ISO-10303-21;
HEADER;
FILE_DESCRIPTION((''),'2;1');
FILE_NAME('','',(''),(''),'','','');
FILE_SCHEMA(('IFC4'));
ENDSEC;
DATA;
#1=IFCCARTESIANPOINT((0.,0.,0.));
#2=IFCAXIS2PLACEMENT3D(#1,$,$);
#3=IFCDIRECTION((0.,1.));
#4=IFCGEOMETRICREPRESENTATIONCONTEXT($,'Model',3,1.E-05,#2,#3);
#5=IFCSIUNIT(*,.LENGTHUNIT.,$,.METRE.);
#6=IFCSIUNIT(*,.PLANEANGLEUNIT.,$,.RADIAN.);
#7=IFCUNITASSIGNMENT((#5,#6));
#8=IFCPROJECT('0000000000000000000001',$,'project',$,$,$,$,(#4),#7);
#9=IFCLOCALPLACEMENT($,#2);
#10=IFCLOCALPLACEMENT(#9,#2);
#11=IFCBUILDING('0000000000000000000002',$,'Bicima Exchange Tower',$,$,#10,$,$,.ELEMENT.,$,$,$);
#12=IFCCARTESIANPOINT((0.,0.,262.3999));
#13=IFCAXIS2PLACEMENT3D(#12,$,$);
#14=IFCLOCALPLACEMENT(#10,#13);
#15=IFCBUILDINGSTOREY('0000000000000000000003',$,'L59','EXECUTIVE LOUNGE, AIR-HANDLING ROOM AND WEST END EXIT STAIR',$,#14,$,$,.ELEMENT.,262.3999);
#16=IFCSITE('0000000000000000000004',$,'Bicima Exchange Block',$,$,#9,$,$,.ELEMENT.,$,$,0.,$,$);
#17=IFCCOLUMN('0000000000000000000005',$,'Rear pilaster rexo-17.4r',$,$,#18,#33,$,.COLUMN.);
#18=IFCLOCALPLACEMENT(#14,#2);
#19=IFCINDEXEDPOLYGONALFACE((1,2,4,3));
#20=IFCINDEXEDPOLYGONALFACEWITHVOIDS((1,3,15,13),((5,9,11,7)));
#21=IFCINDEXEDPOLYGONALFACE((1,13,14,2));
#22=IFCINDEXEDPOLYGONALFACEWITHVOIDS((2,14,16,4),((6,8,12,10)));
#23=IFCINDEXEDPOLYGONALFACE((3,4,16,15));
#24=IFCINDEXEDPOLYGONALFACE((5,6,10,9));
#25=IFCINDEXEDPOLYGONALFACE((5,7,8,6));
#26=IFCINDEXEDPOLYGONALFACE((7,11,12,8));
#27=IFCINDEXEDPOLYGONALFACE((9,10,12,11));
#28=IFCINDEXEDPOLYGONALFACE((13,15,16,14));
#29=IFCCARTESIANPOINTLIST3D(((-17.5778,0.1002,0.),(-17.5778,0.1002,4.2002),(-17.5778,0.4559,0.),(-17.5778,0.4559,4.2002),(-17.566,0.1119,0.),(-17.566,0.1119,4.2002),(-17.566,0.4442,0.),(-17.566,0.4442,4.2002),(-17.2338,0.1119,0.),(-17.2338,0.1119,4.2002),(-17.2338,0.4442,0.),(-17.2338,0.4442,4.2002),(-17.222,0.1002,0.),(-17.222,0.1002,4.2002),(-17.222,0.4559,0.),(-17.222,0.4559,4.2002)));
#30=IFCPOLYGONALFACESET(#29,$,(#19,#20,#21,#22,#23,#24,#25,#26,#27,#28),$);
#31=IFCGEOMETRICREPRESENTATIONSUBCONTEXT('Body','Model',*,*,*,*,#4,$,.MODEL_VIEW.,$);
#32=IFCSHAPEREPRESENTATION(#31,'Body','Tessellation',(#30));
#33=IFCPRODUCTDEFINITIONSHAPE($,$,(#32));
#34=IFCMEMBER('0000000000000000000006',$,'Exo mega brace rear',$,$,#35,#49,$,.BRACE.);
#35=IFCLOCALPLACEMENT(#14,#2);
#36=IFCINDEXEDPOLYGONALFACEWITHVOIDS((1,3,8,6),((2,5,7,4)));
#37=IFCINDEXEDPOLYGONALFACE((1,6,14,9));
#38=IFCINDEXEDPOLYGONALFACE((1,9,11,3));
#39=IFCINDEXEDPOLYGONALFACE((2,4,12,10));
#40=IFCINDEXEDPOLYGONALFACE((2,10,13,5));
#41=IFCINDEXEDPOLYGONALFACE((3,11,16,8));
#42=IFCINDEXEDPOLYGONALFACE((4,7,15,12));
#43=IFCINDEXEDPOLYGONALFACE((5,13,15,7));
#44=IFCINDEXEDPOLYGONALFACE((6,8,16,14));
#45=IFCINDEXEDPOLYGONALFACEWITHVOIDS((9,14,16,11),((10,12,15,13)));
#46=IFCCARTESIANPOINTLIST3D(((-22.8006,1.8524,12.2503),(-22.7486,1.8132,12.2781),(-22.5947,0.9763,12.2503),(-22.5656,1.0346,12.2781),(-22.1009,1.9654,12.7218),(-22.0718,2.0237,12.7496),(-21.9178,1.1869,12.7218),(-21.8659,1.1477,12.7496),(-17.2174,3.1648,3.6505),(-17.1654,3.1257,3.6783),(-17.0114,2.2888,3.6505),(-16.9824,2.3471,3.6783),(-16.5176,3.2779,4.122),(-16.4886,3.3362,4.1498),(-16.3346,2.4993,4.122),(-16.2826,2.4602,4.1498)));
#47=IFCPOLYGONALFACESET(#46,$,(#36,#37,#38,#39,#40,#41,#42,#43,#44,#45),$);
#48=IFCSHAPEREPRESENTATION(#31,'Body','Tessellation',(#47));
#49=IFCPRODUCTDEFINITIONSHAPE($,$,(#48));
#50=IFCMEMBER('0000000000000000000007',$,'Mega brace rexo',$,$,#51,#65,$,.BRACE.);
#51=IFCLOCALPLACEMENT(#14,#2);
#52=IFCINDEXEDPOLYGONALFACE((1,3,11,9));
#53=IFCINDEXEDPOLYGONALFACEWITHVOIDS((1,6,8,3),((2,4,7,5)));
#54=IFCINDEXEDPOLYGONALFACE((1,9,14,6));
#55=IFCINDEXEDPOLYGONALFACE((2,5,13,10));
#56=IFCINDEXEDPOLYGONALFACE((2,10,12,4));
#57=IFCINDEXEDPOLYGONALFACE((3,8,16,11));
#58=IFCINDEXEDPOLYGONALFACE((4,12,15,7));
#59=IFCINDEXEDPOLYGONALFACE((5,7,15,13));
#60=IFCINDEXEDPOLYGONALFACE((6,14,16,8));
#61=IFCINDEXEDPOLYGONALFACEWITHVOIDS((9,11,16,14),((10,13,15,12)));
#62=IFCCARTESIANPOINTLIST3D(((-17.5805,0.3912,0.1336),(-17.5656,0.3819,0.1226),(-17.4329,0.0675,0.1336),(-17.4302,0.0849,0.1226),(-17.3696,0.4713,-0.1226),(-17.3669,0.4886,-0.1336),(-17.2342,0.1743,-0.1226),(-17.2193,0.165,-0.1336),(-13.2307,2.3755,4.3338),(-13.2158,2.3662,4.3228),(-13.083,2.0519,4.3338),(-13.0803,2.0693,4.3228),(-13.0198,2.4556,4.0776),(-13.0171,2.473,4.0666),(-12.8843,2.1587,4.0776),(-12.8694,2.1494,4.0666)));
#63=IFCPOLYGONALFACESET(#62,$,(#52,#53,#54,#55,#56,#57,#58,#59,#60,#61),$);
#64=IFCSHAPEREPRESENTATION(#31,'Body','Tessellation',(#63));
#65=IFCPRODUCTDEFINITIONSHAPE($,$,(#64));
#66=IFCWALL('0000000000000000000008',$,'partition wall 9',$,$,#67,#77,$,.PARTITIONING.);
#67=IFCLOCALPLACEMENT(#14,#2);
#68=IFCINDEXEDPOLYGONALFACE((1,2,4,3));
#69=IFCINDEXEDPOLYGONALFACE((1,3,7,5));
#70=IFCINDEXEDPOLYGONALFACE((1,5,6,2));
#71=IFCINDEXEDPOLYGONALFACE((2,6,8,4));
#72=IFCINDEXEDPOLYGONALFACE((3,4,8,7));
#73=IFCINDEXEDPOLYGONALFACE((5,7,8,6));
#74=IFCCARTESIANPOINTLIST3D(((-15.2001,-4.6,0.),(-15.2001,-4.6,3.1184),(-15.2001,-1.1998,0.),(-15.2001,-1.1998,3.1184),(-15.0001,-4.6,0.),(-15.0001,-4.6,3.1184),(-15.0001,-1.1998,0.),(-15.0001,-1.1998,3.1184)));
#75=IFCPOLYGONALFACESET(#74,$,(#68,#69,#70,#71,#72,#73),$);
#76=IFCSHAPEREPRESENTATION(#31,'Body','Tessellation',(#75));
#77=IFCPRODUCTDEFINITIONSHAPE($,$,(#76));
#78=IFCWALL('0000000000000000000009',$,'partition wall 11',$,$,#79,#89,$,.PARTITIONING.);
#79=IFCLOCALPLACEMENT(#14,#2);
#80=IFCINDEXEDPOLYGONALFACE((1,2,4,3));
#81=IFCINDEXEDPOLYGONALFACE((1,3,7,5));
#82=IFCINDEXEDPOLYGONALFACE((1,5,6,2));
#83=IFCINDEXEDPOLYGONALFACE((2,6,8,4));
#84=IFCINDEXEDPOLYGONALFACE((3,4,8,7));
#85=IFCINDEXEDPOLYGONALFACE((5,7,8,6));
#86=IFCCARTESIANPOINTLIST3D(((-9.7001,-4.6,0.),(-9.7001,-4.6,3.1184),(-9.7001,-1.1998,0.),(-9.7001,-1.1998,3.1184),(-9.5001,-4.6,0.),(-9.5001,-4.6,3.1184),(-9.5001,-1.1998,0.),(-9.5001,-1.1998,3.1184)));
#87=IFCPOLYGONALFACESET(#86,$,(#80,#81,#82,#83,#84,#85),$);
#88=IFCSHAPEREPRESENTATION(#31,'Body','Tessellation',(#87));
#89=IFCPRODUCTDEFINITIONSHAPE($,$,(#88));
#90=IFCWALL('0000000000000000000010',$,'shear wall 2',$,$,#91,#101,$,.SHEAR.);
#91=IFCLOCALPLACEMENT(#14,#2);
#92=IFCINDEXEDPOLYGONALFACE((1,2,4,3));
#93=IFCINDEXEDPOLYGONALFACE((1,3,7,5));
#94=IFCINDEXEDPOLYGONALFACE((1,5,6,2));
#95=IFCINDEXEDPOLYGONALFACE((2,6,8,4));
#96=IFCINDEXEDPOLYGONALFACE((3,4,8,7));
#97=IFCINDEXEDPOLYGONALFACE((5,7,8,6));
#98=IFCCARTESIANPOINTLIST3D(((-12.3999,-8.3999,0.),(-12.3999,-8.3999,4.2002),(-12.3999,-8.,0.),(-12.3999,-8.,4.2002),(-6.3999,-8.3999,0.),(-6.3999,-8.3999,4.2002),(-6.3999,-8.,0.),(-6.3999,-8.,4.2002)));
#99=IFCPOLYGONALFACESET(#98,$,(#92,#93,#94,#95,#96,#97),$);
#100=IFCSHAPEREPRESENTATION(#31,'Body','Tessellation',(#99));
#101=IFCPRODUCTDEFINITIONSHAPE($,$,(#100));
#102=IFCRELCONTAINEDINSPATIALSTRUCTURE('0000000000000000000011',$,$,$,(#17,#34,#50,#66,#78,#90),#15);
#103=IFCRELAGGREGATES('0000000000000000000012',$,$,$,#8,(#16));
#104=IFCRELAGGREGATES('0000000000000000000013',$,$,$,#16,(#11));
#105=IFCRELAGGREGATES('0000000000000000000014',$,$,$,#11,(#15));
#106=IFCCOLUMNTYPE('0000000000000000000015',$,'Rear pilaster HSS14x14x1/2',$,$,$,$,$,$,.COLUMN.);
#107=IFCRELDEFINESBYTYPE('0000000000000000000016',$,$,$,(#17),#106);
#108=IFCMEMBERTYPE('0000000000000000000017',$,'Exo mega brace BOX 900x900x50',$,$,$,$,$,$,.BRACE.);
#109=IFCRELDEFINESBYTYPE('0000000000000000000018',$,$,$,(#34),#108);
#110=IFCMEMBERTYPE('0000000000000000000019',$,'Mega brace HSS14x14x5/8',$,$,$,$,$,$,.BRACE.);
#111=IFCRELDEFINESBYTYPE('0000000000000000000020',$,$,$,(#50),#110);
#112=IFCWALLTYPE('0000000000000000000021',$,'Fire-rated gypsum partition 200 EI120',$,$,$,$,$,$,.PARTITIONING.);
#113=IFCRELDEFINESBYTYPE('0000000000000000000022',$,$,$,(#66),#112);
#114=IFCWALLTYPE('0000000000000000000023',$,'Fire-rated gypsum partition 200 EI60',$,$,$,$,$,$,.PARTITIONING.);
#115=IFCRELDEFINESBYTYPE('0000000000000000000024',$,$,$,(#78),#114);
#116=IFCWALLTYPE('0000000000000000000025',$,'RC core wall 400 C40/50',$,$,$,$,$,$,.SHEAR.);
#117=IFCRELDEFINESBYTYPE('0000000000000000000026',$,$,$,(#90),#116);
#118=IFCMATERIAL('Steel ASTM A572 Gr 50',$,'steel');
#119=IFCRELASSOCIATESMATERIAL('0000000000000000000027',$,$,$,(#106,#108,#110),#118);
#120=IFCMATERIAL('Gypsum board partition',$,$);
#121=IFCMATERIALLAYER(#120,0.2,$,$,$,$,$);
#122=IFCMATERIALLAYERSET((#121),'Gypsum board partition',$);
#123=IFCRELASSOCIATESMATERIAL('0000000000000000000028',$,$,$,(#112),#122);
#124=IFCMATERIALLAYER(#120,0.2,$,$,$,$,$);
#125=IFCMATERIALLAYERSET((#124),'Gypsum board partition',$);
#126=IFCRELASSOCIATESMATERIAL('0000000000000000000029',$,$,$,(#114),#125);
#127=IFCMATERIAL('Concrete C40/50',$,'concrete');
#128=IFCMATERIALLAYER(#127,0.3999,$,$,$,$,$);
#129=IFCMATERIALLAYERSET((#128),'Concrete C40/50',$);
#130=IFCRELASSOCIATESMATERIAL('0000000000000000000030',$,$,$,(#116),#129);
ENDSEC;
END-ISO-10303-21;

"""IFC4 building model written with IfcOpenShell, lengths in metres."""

from ifc_helpers import new_model, si_unit, direction, frame, frame_2d, origin, origin_2d, place, context, subcontext, project, spatial, rectangle, hollow_rectangle, extrude, material, layer, layer_set, material_profile, profile_set, type_object, element, save


model = new_model("IFC4")

# Units and contexts
model_context = context("Model", 3, precision=1e-05, world=origin(), true_north=direction((0.0, 1.0)))
body_context = subcontext(model_context, "Body", "Model", "MODEL_VIEW")
ifc_project = project(units=[si_unit("LENGTHUNIT", "METRE"), si_unit("PLANEANGLEUNIT", "RADIAN")], contexts=[model_context])

# Site, building, storey
site_placement = place(None, origin())
site = spatial("IfcSite", under=ifc_project, at=site_placement, Name="Bicima Exchange Block", CompositionType="ELEMENT", RefElevation=0.0)
building_placement = place(site_placement, origin())
building = spatial("IfcBuilding", under=site, at=building_placement, Name="Bicima Exchange Tower", CompositionType="ELEMENT")
storey_placement = place(building_placement, frame((0.0, 0.0, 262.3999)))
storey = spatial("IfcBuildingStorey", under=building, at=storey_placement, Name="L59", Description="EXECUTIVE LOUNGE, AIR-HANDLING ROOM AND WEST END EXIT STAIR", CompositionType="ELEMENT", Elevation=262.3999)

# Column
ifc_material_1 = material(Name="Steel ASTM A572 Gr 50", Category="steel")
ifc_material_profile_1 = material_profile(ifc_material_1, hollow_rectangle(XDim=0.3557, YDim=0.3557, WallThickness=0.0117, at=origin_2d()))
ifc_profile_set_1 = profile_set([ifc_material_profile_1], Name="Steel ASTM A572 Gr 50")
column_type = type_object("IfcColumnType", Name="Rear pilaster HSS14x14x1/2", PredefinedType="COLUMN", material=ifc_profile_set_1)
column_placement = place(storey_placement, frame((-17.3999, 0.2781, 0.0), z_axis=(0.0, 0.0, 1.0), x_axis=(1.0, 0.0, 0.0)))
element("IfcColumn", 1, at=column_placement, inside=storey, type_object=column_type, Name="Rear pilaster rexo-17.4r", PredefinedType="COLUMN", context=body_context, shape_type="SweptSolid", body=[
    extrude(hollow_rectangle(XDim=0.3557, YDim=0.3557, WallThickness=0.0117, at=origin_2d()), origin(), (0.0, 0.0, 1.0), 4.2002),
])

# Members
ifc_material_profile_2 = material_profile(ifc_material_1, hollow_rectangle(XDim=0.8999, YDim=0.8999, WallThickness=0.05, at=origin_2d()))
ifc_profile_set_2 = profile_set([ifc_material_profile_2], Name="Steel ASTM A572 Gr 50")
member_type_1 = type_object("IfcMemberType", Name="Exo mega brace BOX 900x900x50", PredefinedType="BRACE", material=ifc_profile_set_2)
member_1_placement = place(storey_placement, frame((-16.75, 2.8125, 3.9001), z_axis=(-0.540125, -0.126972, 0.831952), x_axis=(0.22884, -0.973464, 0.0)))
element("IfcMember", 2, at=member_1_placement, inside=storey, type_object=member_type_1, Name="Exo mega brace rear", PredefinedType="BRACE", context=body_context, shape_type="SweptSolid", body=[
    extrude(hollow_rectangle(XDim=0.8999, YDim=0.8999, WallThickness=0.05, at=origin_2d()), origin(), (0.0, 0.0, 1.0), 10.3369),
])
ifc_material_profile_3 = material_profile(ifc_material_1, hollow_rectangle(XDim=0.3557, YDim=0.3557, WallThickness=0.0146, at=origin_2d()))
ifc_profile_set_3 = profile_set([ifc_material_profile_3], Name="Steel ASTM A572 Gr 50")
member_type_2 = type_object("IfcMemberType", Name="Mega brace HSS14x14x5/8", PredefinedType="BRACE", material=ifc_profile_set_3)
member_2_placement = place(storey_placement, frame((-17.3999, 0.2781, 0.0), z_axis=(0.683508, 0.311812, 0.659992), x_axis=(-0.415045, 0.909801, 0.0)))
element("IfcMember", 3, at=member_2_placement, inside=storey, type_object=member_type_2, Name="Mega brace rexo", PredefinedType="BRACE", context=body_context, shape_type="SweptSolid", body=[
    extrude(hollow_rectangle(XDim=0.3557, YDim=0.3557, WallThickness=0.0146, at=origin_2d()), origin(), (0.0, 0.0, 1.0), 6.364),
])

# Walls
ifc_material_2 = material(Name="Gypsum board partition")
ifc_layer_1 = layer(ifc_material_2, 0.2)
ifc_layer_set_1 = layer_set([ifc_layer_1], Name="Gypsum board partition")
wall_type_1 = type_object("IfcWallType", Name="Fire-rated gypsum partition 200 EI120", PredefinedType="PARTITIONING", material=ifc_layer_set_1)
wall_1_placement = place(storey_placement, frame((-15.1001, -4.6001, 0.0), z_axis=(0.0, 0.0, 1.0), x_axis=(0.0, 1.0, 0.0)))
element("IfcWall", 4, at=wall_1_placement, inside=storey, type_object=wall_type_1, Name="partition wall 9", PredefinedType="PARTITIONING", context=body_context, shape_type="SweptSolid", body=[
    extrude(rectangle(XDim=3.4001, YDim=0.2, at=frame_2d((1.7002, 0.0))), origin(), (0.0, 0.0, 1.0), 3.1184),
])
ifc_layer_2 = layer(ifc_material_2, 0.2)
ifc_layer_set_2 = layer_set([ifc_layer_2], Name="Gypsum board partition")
wall_type_2 = type_object("IfcWallType", Name="Fire-rated gypsum partition 200 EI60", PredefinedType="PARTITIONING", material=ifc_layer_set_2)
wall_2_placement = place(storey_placement, frame((-9.6001, -4.6001, 0.0), z_axis=(0.0, 0.0, 1.0), x_axis=(0.0, 1.0, 0.0)))
element("IfcWall", 5, at=wall_2_placement, inside=storey, type_object=wall_type_2, Name="partition wall 11", PredefinedType="PARTITIONING", context=body_context, shape_type="SweptSolid", body=[
    extrude(rectangle(XDim=3.4001, YDim=0.2, at=frame_2d((1.7002, 0.0))), origin(), (0.0, 0.0, 1.0), 3.1184),
])
ifc_material_3 = material(Name="Concrete C40/50", Category="concrete")
ifc_layer_3 = layer(ifc_material_3, 0.3999)
ifc_layer_set_3 = layer_set([ifc_layer_3], Name="Concrete C40/50")
wall_type_3 = type_object("IfcWallType", Name="RC core wall 400 C40/50", PredefinedType="SHEAR", material=ifc_layer_set_3)
wall_3_placement = place(storey_placement, frame((-12.3999, -8.2, 0.0), z_axis=(0.0, 0.0, 1.0), x_axis=(1.0, 0.0, 0.0)))
element("IfcWall", 6, at=wall_3_placement, inside=storey, type_object=wall_type_3, Name="shear wall 2", PredefinedType="SHEAR", context=body_context, shape_type="SweptSolid", body=[
    extrude(rectangle(XDim=6.0, YDim=0.3999, at=frame_2d((3.0, 0.0))), origin(), (0.0, 0.0, 1.0), 4.2002),
])

save(model, "model.ifc")
